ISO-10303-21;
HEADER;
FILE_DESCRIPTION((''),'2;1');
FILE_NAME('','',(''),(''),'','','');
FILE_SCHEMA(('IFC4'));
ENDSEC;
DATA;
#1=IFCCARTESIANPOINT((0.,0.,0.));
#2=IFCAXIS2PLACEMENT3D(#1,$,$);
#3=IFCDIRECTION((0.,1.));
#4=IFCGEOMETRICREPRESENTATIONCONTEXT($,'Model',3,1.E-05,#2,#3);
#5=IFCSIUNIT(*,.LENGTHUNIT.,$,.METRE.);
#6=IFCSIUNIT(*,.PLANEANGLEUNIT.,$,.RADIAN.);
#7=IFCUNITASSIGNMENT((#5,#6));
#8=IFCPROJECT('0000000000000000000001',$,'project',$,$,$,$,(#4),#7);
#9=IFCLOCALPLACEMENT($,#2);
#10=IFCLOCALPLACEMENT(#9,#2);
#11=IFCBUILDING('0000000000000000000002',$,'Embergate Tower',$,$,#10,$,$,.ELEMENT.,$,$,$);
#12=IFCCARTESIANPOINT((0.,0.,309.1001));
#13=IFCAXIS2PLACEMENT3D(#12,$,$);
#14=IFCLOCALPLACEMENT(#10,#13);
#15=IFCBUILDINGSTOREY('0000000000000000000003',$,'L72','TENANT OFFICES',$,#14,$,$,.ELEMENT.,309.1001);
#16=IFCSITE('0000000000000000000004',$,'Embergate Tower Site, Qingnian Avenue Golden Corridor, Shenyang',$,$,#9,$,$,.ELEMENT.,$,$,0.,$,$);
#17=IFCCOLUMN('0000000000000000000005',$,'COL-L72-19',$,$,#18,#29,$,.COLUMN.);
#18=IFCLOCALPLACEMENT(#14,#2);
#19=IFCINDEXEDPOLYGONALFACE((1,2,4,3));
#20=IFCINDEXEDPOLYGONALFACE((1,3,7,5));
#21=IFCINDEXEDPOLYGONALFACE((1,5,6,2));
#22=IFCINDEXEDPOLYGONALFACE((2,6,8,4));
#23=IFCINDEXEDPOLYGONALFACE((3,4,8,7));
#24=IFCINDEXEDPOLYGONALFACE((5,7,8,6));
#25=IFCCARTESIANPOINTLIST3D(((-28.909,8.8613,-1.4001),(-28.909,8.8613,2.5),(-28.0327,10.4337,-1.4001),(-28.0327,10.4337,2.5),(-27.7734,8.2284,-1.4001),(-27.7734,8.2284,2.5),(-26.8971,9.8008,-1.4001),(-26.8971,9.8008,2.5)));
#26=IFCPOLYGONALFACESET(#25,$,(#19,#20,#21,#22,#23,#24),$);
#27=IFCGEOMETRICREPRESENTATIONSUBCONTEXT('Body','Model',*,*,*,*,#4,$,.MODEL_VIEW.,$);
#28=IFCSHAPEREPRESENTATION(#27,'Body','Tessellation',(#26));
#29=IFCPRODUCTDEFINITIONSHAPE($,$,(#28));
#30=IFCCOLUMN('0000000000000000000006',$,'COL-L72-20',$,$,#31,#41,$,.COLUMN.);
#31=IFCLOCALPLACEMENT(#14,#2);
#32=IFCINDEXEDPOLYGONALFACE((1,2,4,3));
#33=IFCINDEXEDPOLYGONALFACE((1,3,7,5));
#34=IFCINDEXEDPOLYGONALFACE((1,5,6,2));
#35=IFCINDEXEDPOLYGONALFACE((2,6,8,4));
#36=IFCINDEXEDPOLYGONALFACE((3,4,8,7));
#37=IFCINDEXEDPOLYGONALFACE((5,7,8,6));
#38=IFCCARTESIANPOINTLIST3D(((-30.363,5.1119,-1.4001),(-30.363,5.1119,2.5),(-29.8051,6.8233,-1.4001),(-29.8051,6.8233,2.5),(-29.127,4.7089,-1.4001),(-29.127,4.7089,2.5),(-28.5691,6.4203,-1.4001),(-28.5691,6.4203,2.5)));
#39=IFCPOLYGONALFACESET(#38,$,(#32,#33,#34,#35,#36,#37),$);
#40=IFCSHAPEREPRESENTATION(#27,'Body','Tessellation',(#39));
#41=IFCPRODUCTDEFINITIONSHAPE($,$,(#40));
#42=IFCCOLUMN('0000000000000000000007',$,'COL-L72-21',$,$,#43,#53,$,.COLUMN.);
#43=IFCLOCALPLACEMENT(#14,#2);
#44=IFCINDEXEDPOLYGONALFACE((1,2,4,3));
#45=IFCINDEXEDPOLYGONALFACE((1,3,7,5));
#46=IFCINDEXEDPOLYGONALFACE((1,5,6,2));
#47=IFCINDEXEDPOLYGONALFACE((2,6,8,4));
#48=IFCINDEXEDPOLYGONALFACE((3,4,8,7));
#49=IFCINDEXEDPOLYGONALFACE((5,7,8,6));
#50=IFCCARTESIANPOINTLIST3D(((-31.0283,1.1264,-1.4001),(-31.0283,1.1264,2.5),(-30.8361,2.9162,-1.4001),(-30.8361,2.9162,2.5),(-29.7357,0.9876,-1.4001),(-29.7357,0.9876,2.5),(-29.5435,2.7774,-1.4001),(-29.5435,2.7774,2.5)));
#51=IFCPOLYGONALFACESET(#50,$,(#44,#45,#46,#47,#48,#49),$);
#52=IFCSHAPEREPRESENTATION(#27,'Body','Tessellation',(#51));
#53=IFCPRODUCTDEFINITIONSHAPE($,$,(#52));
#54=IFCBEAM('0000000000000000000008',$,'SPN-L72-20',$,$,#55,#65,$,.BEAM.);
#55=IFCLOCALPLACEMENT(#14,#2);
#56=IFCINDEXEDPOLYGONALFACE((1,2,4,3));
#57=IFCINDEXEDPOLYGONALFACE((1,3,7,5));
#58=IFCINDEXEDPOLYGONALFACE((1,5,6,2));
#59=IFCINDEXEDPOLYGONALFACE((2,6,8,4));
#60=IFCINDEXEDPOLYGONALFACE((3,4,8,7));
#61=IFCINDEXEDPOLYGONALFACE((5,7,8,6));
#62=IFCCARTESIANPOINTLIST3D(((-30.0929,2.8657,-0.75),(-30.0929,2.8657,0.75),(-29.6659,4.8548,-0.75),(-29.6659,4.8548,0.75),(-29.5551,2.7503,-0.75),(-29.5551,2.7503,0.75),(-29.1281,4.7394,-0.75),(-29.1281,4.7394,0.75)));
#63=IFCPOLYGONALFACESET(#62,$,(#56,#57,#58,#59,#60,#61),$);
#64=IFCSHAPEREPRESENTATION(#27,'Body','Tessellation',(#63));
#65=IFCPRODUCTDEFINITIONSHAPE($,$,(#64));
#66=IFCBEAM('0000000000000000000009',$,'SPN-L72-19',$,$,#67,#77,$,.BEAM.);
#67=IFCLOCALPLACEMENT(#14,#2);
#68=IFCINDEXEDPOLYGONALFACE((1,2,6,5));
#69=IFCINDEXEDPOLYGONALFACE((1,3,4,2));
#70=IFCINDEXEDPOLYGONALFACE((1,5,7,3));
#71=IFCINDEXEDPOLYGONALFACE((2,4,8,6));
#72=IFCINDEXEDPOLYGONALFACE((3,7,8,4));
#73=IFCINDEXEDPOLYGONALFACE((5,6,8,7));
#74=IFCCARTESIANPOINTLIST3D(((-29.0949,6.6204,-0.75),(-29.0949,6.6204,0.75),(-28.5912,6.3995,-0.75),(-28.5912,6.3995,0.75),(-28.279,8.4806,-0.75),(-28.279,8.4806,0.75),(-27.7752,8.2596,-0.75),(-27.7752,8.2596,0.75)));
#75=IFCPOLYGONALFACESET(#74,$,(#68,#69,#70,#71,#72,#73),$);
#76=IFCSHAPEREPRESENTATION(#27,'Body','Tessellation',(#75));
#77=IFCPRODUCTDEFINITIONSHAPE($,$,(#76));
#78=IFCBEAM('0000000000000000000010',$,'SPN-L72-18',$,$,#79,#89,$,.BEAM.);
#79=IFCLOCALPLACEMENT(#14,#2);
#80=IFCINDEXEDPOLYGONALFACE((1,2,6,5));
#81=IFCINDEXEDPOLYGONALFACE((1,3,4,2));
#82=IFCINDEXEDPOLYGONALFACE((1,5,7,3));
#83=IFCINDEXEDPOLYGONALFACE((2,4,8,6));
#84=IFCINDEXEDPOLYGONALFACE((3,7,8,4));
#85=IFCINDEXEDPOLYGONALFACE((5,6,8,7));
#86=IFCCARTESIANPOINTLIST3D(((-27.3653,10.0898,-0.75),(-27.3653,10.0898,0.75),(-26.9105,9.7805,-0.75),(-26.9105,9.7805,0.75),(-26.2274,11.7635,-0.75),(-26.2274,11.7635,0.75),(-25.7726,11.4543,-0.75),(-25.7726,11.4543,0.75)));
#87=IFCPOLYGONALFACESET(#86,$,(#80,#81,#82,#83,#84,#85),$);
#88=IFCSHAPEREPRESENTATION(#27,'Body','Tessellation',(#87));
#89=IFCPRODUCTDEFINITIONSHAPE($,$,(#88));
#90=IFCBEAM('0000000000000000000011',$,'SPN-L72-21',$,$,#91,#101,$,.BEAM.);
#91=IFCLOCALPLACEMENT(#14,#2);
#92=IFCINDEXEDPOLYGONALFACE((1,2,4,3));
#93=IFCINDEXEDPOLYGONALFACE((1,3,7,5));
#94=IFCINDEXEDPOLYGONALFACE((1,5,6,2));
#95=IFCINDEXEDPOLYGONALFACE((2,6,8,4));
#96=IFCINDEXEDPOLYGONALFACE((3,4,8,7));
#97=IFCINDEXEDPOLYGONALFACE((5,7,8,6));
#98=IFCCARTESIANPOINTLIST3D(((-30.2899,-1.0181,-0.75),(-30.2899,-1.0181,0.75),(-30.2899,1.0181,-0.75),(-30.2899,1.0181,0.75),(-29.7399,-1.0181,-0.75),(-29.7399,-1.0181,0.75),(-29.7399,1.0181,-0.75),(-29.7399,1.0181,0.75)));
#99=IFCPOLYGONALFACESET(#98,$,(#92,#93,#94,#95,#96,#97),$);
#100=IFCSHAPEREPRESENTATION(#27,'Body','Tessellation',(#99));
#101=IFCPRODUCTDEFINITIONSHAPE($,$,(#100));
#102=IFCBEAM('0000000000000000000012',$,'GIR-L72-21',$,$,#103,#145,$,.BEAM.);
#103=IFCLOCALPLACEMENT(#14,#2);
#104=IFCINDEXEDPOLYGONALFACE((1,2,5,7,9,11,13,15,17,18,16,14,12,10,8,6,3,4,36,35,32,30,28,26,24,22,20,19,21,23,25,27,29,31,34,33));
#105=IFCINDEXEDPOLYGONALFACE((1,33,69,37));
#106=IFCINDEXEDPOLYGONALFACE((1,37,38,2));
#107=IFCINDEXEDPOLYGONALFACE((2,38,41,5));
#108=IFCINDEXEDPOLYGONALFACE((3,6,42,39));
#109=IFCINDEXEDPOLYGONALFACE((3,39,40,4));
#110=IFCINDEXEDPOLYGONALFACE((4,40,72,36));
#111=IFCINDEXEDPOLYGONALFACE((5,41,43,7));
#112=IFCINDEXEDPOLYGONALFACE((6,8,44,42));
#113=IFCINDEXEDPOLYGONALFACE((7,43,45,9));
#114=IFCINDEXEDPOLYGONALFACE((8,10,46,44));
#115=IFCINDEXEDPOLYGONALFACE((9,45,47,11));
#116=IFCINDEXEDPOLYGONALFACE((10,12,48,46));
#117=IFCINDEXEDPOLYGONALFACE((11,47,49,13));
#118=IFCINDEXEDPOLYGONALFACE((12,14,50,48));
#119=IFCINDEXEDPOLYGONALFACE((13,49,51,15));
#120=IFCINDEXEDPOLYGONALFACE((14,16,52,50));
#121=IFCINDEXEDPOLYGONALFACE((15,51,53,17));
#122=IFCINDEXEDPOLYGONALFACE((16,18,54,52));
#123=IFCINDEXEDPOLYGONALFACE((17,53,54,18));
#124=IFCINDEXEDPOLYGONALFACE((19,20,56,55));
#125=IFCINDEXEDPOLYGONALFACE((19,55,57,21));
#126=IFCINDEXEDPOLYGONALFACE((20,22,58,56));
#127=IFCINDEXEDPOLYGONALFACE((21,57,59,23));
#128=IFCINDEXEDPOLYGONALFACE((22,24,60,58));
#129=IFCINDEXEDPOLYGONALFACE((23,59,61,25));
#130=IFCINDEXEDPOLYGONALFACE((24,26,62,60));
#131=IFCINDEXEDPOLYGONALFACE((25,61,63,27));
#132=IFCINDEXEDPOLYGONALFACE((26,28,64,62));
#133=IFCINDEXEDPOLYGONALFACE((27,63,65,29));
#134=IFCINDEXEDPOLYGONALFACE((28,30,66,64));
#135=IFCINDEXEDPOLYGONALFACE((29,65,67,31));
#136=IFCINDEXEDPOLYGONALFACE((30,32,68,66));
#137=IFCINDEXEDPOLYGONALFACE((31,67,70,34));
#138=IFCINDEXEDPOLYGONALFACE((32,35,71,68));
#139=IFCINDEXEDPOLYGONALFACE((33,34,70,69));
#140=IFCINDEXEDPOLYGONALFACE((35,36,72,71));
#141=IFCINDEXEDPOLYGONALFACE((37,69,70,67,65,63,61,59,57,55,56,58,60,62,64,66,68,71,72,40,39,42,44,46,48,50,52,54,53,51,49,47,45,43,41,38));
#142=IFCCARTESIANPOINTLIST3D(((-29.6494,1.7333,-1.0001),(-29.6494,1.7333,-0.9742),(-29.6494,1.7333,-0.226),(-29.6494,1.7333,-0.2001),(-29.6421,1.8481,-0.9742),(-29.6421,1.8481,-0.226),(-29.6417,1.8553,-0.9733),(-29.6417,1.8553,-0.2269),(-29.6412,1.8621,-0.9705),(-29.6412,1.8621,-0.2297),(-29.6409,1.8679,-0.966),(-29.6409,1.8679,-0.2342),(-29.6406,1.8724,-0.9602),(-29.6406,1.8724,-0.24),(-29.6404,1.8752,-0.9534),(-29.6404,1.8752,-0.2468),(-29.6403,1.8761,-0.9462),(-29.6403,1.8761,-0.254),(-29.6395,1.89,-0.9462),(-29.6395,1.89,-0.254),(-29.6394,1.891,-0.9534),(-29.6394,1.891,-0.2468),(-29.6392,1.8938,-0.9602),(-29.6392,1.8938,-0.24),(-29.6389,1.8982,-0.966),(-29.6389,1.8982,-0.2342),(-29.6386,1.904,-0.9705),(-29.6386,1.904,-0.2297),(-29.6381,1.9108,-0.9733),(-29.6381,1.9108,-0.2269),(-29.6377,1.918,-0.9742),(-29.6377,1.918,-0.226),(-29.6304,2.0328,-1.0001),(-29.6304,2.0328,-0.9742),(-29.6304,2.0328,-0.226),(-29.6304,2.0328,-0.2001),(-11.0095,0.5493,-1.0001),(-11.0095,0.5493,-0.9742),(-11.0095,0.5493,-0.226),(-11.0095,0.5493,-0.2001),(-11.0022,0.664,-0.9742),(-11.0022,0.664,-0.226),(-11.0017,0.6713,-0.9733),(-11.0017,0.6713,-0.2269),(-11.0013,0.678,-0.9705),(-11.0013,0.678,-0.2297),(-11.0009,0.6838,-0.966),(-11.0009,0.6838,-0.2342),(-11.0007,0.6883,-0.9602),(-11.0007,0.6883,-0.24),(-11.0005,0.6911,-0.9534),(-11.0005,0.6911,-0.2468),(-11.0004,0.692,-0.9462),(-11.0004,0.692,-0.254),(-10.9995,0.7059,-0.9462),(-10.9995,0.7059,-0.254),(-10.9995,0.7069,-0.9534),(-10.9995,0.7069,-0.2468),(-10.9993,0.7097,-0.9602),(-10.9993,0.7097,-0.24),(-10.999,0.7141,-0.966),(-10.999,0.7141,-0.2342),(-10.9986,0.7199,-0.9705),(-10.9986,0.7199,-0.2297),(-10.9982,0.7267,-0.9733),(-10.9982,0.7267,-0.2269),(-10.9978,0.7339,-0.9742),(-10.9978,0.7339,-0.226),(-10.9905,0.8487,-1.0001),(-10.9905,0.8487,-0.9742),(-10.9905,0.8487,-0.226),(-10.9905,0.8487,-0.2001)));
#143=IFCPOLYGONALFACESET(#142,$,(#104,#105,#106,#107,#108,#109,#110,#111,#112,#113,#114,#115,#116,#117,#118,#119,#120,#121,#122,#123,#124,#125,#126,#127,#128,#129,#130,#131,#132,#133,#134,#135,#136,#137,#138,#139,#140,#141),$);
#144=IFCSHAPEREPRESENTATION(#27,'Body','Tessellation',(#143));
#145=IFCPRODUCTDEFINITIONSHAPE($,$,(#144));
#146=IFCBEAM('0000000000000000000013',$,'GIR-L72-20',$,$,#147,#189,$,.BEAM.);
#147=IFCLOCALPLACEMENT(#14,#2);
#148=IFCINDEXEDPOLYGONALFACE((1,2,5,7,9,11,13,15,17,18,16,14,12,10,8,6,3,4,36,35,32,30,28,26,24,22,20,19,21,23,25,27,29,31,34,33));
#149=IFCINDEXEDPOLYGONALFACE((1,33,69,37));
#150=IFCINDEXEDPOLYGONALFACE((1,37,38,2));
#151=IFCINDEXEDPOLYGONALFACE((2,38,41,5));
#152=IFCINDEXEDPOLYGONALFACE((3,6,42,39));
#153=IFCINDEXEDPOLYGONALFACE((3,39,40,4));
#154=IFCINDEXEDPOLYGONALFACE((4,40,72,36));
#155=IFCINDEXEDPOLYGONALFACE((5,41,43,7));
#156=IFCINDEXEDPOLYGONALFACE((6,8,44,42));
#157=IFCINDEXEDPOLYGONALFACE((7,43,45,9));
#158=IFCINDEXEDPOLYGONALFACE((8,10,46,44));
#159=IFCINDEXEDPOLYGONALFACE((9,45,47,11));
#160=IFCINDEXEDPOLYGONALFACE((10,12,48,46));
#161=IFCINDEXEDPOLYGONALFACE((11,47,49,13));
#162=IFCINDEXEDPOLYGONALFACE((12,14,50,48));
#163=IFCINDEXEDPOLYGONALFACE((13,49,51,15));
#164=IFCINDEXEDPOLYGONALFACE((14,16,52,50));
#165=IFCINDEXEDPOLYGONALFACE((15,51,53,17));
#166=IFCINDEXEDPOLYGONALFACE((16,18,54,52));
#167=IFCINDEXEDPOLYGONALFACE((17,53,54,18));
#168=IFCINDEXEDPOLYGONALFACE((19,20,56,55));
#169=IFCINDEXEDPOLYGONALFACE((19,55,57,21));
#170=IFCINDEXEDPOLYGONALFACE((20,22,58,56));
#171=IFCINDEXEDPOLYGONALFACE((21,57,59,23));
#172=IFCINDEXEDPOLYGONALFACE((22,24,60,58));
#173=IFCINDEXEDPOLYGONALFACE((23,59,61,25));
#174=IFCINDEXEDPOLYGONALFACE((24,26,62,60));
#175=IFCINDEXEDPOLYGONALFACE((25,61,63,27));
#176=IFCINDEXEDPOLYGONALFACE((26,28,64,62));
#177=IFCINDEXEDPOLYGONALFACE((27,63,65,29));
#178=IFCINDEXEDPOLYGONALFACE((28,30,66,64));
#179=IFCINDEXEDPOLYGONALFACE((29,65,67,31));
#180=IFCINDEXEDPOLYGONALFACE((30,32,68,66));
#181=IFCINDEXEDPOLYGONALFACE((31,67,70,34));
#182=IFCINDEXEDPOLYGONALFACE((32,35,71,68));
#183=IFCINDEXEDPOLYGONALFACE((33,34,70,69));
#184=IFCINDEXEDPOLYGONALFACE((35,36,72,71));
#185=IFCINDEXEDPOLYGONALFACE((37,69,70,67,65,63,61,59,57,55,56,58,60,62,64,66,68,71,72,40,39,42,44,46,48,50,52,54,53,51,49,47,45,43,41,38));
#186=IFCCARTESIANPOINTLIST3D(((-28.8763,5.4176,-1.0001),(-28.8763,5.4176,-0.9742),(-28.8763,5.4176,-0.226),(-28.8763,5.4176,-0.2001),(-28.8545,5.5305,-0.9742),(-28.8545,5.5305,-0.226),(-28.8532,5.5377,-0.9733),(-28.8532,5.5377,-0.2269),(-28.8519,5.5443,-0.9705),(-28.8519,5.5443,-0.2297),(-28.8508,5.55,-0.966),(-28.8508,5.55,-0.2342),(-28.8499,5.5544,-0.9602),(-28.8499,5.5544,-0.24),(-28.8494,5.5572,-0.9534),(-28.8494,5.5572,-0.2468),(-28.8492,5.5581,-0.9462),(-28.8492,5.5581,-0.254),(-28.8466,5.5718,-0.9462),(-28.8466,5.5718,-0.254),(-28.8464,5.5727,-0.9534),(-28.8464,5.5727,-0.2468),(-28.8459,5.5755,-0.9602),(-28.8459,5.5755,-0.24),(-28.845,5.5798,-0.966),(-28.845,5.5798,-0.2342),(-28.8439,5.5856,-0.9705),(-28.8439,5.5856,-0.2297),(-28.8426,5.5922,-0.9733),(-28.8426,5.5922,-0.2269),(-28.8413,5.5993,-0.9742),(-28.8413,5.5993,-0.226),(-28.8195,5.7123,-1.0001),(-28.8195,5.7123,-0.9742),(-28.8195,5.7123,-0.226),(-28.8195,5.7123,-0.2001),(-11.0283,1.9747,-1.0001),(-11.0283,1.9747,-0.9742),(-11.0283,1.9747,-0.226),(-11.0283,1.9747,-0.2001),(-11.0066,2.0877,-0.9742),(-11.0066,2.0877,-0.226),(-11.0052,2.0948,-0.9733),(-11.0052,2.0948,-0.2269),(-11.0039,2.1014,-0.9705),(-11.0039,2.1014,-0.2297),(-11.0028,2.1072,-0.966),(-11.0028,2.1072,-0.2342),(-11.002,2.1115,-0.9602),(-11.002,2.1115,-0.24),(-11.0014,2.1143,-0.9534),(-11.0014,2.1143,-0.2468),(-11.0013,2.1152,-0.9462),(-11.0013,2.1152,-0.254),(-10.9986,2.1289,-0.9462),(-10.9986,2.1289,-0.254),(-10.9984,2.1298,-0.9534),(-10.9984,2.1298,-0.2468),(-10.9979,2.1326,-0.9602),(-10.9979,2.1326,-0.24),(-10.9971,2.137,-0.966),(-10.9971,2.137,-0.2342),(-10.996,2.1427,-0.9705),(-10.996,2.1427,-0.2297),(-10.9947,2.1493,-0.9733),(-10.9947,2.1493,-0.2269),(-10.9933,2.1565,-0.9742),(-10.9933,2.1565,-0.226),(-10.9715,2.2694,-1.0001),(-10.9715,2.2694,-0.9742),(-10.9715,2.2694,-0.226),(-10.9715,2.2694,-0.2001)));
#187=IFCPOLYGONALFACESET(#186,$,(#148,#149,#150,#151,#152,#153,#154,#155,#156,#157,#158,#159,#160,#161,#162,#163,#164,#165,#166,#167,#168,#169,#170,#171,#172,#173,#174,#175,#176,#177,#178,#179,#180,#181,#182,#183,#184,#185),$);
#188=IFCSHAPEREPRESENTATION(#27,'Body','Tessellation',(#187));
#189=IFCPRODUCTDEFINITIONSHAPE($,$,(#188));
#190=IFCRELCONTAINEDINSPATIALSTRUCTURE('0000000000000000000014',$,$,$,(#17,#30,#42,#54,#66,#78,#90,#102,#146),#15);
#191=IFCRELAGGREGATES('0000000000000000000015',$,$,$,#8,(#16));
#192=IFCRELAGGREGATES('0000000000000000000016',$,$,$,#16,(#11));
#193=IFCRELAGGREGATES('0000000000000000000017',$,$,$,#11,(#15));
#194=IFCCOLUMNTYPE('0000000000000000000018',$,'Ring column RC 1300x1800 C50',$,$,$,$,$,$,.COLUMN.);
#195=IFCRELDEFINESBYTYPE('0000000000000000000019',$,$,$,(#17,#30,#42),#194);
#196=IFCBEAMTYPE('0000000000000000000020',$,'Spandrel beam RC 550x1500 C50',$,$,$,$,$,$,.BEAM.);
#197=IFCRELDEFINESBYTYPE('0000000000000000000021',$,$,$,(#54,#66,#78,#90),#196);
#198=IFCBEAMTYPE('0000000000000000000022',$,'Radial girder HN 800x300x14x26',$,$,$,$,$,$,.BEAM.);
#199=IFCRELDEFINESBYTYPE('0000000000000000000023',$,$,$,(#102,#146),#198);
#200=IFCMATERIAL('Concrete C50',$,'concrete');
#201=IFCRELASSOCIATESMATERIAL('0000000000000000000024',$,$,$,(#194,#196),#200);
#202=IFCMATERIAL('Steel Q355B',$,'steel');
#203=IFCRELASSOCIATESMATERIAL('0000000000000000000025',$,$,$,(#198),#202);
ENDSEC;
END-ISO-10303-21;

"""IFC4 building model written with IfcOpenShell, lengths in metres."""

from ifc_helpers import new_model, si_unit, direction, frame, origin, origin_2d, place, context, subcontext, project, spatial, rectangle, i_section, extrude, source, transform, mapped, material, material_profile, profile_set, type_object, element, save


model = new_model("IFC4")

# Units and contexts
model_context = context("Model", 3, precision=1e-05, world=origin(), true_north=direction((0.0, 1.0)))
body_context = subcontext(model_context, "Body", "Model", "MODEL_VIEW")
ifc_project = project(units=[si_unit("LENGTHUNIT", "METRE"), si_unit("PLANEANGLEUNIT", "RADIAN")], contexts=[model_context])

# Site, building, storey
site_placement = place(None, origin())
site = spatial("IfcSite", under=ifc_project, at=site_placement, Name="Embergate Tower Site, Qingnian Avenue Golden Corridor, Shenyang", CompositionType="ELEMENT", RefElevation=0.0)
building_placement = place(site_placement, origin())
building = spatial("IfcBuilding", under=site, at=building_placement, Name="Embergate Tower", CompositionType="ELEMENT")
storey_placement = place(building_placement, frame((0.0, 0.0, 309.1001)))
storey = spatial("IfcBuildingStorey", under=building, at=storey_placement, Name="L72", Description="TENANT OFFICES", CompositionType="ELEMENT", Elevation=309.1001)

# Columns
ifc_material_1 = material(Name="Concrete C50", Category="concrete")
ifc_material_profile_1 = material_profile(ifc_material_1, rectangle(XDim=1.3, YDim=1.8, at=origin_2d()), Name="RC 1300x1800")
ifc_profile_set_1 = profile_set([ifc_material_profile_1], Name="Concrete C50")
column_type = type_object("IfcColumnType", Name="Ring column RC 1300x1800 C50", PredefinedType="COLUMN", material=ifc_profile_set_1)
shared_shape_1 = source(origin(), body_context, "Body", "SweptSolid", [
    extrude(rectangle(XDim=1.3, YDim=1.8, at=origin_2d()), origin(), (0.0, 0.0, 1.0), 3.9001),
])
for number, where, z_axis, x_axis, name in (
    (1, (-27.9031, 9.3311, -1.4001), (0.0, 0.0, 1.0), (-0.8735, 0.486823, 0.0), "COL-L72-19"),
    (2, (-29.4661, 5.7661, -1.4001), (0.0, 0.0, 1.0), (-0.950754, 0.309946, 0.0), "COL-L72-20"),
    (3, (-30.2859, 1.9519, -1.4001), (0.0, 0.0, 1.0), (-0.994286, 0.10675, 0.0), "COL-L72-21"),
):
    element("IfcColumn", number, at=place(storey_placement, frame(where, z_axis=z_axis, x_axis=x_axis)), inside=storey, type_object=column_type, Name=name, PredefinedType="COLUMN", context=body_context, shape_type="MappedRepresentation", body=[
        mapped(shared_shape_1, transform((0.0, 0.0, 0.0))),
    ])

# Beams
ifc_material_profile_2 = material_profile(ifc_material_1, rectangle(XDim=0.55, YDim=1.5, at=origin_2d()), Name="RC 550x1500")
ifc_profile_set_2 = profile_set([ifc_material_profile_2], Name="Concrete C50")
beam_type_1 = type_object("IfcBeamType", Name="Spandrel beam RC 550x1500 C50", PredefinedType="BEAM", material=ifc_profile_set_2)
shared_shape_2 = source(origin(), body_context, "Body", "SweptSolid", [
    extrude(rectangle(XDim=0.55, YDim=1.5, at=origin_2d()), origin(), (0.0, 0.0, 1.0), 2.0344),
])
beam_1_placement = place(storey_placement, frame((-29.397, 4.7971, 0.0), z_axis=(-0.209898, -0.977723, 0.0), x_axis=(0.977723, -0.209898, 0.0)))
element("IfcBeam", 4, at=beam_1_placement, inside=storey, type_object=beam_type_1, Name="SPN-L72-20", PredefinedType="BEAM", context=body_context, shape_type="MappedRepresentation", body=[
    mapped(shared_shape_2, transform((0.0, 0.0, 0.0))),
])
shared_shape_3 = source(origin(), body_context, "Body", "SweptSolid", [
    extrude(rectangle(XDim=0.55, YDim=1.5, at=origin_2d()), origin(), (0.0, 0.0, 1.0), 2.0312),
])
beam_2_placement = place(storey_placement, frame((-28.0271, 8.3701, 0.0), z_axis=(-0.401695, -0.915773, 0.0), x_axis=(0.915773, -0.401695, 0.0)))
element("IfcBeam", 5, at=beam_2_placement, inside=storey, type_object=beam_type_1, Name="SPN-L72-19", PredefinedType="BEAM", context=body_context, shape_type="MappedRepresentation", body=[
    mapped(shared_shape_3, transform((0.0, 0.0, 0.0))),
])
shared_shape_4 = source(origin(), body_context, "Body", "SweptSolid", [
    extrude(rectangle(XDim=0.55, YDim=1.5, at=origin_2d()), origin(), (0.0, 0.0, 1.0), 2.0239),
])
beam_3_placement = place(storey_placement, frame((-26.0, 11.6089, 0.0), z_axis=(-0.562221, -0.826987, 0.0), x_axis=(0.826987, -0.562221, 0.0)))
element("IfcBeam", 6, at=beam_3_placement, inside=storey, type_object=beam_type_1, Name="SPN-L72-18", PredefinedType="BEAM", context=body_context, shape_type="MappedRepresentation", body=[
    mapped(shared_shape_4, transform((0.0, 0.0, 0.0))),
])
shared_shape_5 = source(origin(), body_context, "Body", "SweptSolid", [
    extrude(rectangle(XDim=0.55, YDim=1.5, at=origin_2d()), origin(), (0.0, 0.0, 1.0), 2.0361),
])
beam_4_placement = place(storey_placement, frame((-30.0149, 1.0181, 0.0), z_axis=(0.0, -1.0, 0.0), x_axis=(1.0, 0.0, 0.0)))
element("IfcBeam", 7, at=beam_4_placement, inside=storey, type_object=beam_type_1, Name="SPN-L72-21", PredefinedType="BEAM", context=body_context, shape_type="MappedRepresentation", body=[
    mapped(shared_shape_5, transform((0.0, 0.0, 0.0))),
])
ifc_material_2 = material(Name="Steel Q355B", Category="steel")
ifc_material_profile_3 = material_profile(ifc_material_2, i_section(OverallWidth=0.3, OverallDepth=0.8, WebThickness=0.0139, FlangeThickness=0.0259, FilletRadius=0.0281, at=origin_2d()), Name="HN 800x300x14x26")
ifc_profile_set_3 = profile_set([ifc_material_profile_3], Name="Steel Q355 grade B")
beam_type_2 = type_object("IfcBeamType", Name="Radial girder HN 800x300x14x26", PredefinedType="BEAM", material=ifc_profile_set_3)
shared_shape_6 = source(origin(), body_context, "Body", "SweptSolid", [
    extrude(i_section(OverallWidth=0.3, OverallDepth=0.8, WebThickness=0.0139, FlangeThickness=0.0259, FilletRadius=0.0281, at=origin_2d()), origin(), (0.0, 0.0, 1.0), 18.6775),
])
beam_5_placement = place(storey_placement, frame((-29.6399, 1.8831, -0.6001), z_axis=(0.997988, -0.063396, 0.0), x_axis=(0.063396, 0.997988, 0.0)))
element("IfcBeam", 8, at=beam_5_placement, inside=storey, type_object=beam_type_2, Name="GIR-L72-21", PredefinedType="BEAM", context=body_context, shape_type="MappedRepresentation", body=[
    mapped(shared_shape_6, transform((0.0, 0.0, 0.0))),
])
shared_shape_7 = source(origin(), body_context, "Body", "SweptSolid", [
    extrude(i_section(OverallWidth=0.3, OverallDepth=0.8, WebThickness=0.0139, FlangeThickness=0.0259, FilletRadius=0.0281, at=origin_2d()), origin(), (0.0, 0.0, 1.0), 18.177),
])
beam_6_placement = place(storey_placement, frame((-28.8479, 5.5649, -0.6001), z_axis=(0.981898, -0.189409, 0.0), x_axis=(0.189409, 0.981898, 0.0)))
element("IfcBeam", 9, at=beam_6_placement, inside=storey, type_object=beam_type_2, Name="GIR-L72-20", PredefinedType="BEAM", context=body_context, shape_type="MappedRepresentation", body=[
    mapped(shared_shape_7, transform((0.0, 0.0, 0.0))),
])

save(model, "model.ifc")
